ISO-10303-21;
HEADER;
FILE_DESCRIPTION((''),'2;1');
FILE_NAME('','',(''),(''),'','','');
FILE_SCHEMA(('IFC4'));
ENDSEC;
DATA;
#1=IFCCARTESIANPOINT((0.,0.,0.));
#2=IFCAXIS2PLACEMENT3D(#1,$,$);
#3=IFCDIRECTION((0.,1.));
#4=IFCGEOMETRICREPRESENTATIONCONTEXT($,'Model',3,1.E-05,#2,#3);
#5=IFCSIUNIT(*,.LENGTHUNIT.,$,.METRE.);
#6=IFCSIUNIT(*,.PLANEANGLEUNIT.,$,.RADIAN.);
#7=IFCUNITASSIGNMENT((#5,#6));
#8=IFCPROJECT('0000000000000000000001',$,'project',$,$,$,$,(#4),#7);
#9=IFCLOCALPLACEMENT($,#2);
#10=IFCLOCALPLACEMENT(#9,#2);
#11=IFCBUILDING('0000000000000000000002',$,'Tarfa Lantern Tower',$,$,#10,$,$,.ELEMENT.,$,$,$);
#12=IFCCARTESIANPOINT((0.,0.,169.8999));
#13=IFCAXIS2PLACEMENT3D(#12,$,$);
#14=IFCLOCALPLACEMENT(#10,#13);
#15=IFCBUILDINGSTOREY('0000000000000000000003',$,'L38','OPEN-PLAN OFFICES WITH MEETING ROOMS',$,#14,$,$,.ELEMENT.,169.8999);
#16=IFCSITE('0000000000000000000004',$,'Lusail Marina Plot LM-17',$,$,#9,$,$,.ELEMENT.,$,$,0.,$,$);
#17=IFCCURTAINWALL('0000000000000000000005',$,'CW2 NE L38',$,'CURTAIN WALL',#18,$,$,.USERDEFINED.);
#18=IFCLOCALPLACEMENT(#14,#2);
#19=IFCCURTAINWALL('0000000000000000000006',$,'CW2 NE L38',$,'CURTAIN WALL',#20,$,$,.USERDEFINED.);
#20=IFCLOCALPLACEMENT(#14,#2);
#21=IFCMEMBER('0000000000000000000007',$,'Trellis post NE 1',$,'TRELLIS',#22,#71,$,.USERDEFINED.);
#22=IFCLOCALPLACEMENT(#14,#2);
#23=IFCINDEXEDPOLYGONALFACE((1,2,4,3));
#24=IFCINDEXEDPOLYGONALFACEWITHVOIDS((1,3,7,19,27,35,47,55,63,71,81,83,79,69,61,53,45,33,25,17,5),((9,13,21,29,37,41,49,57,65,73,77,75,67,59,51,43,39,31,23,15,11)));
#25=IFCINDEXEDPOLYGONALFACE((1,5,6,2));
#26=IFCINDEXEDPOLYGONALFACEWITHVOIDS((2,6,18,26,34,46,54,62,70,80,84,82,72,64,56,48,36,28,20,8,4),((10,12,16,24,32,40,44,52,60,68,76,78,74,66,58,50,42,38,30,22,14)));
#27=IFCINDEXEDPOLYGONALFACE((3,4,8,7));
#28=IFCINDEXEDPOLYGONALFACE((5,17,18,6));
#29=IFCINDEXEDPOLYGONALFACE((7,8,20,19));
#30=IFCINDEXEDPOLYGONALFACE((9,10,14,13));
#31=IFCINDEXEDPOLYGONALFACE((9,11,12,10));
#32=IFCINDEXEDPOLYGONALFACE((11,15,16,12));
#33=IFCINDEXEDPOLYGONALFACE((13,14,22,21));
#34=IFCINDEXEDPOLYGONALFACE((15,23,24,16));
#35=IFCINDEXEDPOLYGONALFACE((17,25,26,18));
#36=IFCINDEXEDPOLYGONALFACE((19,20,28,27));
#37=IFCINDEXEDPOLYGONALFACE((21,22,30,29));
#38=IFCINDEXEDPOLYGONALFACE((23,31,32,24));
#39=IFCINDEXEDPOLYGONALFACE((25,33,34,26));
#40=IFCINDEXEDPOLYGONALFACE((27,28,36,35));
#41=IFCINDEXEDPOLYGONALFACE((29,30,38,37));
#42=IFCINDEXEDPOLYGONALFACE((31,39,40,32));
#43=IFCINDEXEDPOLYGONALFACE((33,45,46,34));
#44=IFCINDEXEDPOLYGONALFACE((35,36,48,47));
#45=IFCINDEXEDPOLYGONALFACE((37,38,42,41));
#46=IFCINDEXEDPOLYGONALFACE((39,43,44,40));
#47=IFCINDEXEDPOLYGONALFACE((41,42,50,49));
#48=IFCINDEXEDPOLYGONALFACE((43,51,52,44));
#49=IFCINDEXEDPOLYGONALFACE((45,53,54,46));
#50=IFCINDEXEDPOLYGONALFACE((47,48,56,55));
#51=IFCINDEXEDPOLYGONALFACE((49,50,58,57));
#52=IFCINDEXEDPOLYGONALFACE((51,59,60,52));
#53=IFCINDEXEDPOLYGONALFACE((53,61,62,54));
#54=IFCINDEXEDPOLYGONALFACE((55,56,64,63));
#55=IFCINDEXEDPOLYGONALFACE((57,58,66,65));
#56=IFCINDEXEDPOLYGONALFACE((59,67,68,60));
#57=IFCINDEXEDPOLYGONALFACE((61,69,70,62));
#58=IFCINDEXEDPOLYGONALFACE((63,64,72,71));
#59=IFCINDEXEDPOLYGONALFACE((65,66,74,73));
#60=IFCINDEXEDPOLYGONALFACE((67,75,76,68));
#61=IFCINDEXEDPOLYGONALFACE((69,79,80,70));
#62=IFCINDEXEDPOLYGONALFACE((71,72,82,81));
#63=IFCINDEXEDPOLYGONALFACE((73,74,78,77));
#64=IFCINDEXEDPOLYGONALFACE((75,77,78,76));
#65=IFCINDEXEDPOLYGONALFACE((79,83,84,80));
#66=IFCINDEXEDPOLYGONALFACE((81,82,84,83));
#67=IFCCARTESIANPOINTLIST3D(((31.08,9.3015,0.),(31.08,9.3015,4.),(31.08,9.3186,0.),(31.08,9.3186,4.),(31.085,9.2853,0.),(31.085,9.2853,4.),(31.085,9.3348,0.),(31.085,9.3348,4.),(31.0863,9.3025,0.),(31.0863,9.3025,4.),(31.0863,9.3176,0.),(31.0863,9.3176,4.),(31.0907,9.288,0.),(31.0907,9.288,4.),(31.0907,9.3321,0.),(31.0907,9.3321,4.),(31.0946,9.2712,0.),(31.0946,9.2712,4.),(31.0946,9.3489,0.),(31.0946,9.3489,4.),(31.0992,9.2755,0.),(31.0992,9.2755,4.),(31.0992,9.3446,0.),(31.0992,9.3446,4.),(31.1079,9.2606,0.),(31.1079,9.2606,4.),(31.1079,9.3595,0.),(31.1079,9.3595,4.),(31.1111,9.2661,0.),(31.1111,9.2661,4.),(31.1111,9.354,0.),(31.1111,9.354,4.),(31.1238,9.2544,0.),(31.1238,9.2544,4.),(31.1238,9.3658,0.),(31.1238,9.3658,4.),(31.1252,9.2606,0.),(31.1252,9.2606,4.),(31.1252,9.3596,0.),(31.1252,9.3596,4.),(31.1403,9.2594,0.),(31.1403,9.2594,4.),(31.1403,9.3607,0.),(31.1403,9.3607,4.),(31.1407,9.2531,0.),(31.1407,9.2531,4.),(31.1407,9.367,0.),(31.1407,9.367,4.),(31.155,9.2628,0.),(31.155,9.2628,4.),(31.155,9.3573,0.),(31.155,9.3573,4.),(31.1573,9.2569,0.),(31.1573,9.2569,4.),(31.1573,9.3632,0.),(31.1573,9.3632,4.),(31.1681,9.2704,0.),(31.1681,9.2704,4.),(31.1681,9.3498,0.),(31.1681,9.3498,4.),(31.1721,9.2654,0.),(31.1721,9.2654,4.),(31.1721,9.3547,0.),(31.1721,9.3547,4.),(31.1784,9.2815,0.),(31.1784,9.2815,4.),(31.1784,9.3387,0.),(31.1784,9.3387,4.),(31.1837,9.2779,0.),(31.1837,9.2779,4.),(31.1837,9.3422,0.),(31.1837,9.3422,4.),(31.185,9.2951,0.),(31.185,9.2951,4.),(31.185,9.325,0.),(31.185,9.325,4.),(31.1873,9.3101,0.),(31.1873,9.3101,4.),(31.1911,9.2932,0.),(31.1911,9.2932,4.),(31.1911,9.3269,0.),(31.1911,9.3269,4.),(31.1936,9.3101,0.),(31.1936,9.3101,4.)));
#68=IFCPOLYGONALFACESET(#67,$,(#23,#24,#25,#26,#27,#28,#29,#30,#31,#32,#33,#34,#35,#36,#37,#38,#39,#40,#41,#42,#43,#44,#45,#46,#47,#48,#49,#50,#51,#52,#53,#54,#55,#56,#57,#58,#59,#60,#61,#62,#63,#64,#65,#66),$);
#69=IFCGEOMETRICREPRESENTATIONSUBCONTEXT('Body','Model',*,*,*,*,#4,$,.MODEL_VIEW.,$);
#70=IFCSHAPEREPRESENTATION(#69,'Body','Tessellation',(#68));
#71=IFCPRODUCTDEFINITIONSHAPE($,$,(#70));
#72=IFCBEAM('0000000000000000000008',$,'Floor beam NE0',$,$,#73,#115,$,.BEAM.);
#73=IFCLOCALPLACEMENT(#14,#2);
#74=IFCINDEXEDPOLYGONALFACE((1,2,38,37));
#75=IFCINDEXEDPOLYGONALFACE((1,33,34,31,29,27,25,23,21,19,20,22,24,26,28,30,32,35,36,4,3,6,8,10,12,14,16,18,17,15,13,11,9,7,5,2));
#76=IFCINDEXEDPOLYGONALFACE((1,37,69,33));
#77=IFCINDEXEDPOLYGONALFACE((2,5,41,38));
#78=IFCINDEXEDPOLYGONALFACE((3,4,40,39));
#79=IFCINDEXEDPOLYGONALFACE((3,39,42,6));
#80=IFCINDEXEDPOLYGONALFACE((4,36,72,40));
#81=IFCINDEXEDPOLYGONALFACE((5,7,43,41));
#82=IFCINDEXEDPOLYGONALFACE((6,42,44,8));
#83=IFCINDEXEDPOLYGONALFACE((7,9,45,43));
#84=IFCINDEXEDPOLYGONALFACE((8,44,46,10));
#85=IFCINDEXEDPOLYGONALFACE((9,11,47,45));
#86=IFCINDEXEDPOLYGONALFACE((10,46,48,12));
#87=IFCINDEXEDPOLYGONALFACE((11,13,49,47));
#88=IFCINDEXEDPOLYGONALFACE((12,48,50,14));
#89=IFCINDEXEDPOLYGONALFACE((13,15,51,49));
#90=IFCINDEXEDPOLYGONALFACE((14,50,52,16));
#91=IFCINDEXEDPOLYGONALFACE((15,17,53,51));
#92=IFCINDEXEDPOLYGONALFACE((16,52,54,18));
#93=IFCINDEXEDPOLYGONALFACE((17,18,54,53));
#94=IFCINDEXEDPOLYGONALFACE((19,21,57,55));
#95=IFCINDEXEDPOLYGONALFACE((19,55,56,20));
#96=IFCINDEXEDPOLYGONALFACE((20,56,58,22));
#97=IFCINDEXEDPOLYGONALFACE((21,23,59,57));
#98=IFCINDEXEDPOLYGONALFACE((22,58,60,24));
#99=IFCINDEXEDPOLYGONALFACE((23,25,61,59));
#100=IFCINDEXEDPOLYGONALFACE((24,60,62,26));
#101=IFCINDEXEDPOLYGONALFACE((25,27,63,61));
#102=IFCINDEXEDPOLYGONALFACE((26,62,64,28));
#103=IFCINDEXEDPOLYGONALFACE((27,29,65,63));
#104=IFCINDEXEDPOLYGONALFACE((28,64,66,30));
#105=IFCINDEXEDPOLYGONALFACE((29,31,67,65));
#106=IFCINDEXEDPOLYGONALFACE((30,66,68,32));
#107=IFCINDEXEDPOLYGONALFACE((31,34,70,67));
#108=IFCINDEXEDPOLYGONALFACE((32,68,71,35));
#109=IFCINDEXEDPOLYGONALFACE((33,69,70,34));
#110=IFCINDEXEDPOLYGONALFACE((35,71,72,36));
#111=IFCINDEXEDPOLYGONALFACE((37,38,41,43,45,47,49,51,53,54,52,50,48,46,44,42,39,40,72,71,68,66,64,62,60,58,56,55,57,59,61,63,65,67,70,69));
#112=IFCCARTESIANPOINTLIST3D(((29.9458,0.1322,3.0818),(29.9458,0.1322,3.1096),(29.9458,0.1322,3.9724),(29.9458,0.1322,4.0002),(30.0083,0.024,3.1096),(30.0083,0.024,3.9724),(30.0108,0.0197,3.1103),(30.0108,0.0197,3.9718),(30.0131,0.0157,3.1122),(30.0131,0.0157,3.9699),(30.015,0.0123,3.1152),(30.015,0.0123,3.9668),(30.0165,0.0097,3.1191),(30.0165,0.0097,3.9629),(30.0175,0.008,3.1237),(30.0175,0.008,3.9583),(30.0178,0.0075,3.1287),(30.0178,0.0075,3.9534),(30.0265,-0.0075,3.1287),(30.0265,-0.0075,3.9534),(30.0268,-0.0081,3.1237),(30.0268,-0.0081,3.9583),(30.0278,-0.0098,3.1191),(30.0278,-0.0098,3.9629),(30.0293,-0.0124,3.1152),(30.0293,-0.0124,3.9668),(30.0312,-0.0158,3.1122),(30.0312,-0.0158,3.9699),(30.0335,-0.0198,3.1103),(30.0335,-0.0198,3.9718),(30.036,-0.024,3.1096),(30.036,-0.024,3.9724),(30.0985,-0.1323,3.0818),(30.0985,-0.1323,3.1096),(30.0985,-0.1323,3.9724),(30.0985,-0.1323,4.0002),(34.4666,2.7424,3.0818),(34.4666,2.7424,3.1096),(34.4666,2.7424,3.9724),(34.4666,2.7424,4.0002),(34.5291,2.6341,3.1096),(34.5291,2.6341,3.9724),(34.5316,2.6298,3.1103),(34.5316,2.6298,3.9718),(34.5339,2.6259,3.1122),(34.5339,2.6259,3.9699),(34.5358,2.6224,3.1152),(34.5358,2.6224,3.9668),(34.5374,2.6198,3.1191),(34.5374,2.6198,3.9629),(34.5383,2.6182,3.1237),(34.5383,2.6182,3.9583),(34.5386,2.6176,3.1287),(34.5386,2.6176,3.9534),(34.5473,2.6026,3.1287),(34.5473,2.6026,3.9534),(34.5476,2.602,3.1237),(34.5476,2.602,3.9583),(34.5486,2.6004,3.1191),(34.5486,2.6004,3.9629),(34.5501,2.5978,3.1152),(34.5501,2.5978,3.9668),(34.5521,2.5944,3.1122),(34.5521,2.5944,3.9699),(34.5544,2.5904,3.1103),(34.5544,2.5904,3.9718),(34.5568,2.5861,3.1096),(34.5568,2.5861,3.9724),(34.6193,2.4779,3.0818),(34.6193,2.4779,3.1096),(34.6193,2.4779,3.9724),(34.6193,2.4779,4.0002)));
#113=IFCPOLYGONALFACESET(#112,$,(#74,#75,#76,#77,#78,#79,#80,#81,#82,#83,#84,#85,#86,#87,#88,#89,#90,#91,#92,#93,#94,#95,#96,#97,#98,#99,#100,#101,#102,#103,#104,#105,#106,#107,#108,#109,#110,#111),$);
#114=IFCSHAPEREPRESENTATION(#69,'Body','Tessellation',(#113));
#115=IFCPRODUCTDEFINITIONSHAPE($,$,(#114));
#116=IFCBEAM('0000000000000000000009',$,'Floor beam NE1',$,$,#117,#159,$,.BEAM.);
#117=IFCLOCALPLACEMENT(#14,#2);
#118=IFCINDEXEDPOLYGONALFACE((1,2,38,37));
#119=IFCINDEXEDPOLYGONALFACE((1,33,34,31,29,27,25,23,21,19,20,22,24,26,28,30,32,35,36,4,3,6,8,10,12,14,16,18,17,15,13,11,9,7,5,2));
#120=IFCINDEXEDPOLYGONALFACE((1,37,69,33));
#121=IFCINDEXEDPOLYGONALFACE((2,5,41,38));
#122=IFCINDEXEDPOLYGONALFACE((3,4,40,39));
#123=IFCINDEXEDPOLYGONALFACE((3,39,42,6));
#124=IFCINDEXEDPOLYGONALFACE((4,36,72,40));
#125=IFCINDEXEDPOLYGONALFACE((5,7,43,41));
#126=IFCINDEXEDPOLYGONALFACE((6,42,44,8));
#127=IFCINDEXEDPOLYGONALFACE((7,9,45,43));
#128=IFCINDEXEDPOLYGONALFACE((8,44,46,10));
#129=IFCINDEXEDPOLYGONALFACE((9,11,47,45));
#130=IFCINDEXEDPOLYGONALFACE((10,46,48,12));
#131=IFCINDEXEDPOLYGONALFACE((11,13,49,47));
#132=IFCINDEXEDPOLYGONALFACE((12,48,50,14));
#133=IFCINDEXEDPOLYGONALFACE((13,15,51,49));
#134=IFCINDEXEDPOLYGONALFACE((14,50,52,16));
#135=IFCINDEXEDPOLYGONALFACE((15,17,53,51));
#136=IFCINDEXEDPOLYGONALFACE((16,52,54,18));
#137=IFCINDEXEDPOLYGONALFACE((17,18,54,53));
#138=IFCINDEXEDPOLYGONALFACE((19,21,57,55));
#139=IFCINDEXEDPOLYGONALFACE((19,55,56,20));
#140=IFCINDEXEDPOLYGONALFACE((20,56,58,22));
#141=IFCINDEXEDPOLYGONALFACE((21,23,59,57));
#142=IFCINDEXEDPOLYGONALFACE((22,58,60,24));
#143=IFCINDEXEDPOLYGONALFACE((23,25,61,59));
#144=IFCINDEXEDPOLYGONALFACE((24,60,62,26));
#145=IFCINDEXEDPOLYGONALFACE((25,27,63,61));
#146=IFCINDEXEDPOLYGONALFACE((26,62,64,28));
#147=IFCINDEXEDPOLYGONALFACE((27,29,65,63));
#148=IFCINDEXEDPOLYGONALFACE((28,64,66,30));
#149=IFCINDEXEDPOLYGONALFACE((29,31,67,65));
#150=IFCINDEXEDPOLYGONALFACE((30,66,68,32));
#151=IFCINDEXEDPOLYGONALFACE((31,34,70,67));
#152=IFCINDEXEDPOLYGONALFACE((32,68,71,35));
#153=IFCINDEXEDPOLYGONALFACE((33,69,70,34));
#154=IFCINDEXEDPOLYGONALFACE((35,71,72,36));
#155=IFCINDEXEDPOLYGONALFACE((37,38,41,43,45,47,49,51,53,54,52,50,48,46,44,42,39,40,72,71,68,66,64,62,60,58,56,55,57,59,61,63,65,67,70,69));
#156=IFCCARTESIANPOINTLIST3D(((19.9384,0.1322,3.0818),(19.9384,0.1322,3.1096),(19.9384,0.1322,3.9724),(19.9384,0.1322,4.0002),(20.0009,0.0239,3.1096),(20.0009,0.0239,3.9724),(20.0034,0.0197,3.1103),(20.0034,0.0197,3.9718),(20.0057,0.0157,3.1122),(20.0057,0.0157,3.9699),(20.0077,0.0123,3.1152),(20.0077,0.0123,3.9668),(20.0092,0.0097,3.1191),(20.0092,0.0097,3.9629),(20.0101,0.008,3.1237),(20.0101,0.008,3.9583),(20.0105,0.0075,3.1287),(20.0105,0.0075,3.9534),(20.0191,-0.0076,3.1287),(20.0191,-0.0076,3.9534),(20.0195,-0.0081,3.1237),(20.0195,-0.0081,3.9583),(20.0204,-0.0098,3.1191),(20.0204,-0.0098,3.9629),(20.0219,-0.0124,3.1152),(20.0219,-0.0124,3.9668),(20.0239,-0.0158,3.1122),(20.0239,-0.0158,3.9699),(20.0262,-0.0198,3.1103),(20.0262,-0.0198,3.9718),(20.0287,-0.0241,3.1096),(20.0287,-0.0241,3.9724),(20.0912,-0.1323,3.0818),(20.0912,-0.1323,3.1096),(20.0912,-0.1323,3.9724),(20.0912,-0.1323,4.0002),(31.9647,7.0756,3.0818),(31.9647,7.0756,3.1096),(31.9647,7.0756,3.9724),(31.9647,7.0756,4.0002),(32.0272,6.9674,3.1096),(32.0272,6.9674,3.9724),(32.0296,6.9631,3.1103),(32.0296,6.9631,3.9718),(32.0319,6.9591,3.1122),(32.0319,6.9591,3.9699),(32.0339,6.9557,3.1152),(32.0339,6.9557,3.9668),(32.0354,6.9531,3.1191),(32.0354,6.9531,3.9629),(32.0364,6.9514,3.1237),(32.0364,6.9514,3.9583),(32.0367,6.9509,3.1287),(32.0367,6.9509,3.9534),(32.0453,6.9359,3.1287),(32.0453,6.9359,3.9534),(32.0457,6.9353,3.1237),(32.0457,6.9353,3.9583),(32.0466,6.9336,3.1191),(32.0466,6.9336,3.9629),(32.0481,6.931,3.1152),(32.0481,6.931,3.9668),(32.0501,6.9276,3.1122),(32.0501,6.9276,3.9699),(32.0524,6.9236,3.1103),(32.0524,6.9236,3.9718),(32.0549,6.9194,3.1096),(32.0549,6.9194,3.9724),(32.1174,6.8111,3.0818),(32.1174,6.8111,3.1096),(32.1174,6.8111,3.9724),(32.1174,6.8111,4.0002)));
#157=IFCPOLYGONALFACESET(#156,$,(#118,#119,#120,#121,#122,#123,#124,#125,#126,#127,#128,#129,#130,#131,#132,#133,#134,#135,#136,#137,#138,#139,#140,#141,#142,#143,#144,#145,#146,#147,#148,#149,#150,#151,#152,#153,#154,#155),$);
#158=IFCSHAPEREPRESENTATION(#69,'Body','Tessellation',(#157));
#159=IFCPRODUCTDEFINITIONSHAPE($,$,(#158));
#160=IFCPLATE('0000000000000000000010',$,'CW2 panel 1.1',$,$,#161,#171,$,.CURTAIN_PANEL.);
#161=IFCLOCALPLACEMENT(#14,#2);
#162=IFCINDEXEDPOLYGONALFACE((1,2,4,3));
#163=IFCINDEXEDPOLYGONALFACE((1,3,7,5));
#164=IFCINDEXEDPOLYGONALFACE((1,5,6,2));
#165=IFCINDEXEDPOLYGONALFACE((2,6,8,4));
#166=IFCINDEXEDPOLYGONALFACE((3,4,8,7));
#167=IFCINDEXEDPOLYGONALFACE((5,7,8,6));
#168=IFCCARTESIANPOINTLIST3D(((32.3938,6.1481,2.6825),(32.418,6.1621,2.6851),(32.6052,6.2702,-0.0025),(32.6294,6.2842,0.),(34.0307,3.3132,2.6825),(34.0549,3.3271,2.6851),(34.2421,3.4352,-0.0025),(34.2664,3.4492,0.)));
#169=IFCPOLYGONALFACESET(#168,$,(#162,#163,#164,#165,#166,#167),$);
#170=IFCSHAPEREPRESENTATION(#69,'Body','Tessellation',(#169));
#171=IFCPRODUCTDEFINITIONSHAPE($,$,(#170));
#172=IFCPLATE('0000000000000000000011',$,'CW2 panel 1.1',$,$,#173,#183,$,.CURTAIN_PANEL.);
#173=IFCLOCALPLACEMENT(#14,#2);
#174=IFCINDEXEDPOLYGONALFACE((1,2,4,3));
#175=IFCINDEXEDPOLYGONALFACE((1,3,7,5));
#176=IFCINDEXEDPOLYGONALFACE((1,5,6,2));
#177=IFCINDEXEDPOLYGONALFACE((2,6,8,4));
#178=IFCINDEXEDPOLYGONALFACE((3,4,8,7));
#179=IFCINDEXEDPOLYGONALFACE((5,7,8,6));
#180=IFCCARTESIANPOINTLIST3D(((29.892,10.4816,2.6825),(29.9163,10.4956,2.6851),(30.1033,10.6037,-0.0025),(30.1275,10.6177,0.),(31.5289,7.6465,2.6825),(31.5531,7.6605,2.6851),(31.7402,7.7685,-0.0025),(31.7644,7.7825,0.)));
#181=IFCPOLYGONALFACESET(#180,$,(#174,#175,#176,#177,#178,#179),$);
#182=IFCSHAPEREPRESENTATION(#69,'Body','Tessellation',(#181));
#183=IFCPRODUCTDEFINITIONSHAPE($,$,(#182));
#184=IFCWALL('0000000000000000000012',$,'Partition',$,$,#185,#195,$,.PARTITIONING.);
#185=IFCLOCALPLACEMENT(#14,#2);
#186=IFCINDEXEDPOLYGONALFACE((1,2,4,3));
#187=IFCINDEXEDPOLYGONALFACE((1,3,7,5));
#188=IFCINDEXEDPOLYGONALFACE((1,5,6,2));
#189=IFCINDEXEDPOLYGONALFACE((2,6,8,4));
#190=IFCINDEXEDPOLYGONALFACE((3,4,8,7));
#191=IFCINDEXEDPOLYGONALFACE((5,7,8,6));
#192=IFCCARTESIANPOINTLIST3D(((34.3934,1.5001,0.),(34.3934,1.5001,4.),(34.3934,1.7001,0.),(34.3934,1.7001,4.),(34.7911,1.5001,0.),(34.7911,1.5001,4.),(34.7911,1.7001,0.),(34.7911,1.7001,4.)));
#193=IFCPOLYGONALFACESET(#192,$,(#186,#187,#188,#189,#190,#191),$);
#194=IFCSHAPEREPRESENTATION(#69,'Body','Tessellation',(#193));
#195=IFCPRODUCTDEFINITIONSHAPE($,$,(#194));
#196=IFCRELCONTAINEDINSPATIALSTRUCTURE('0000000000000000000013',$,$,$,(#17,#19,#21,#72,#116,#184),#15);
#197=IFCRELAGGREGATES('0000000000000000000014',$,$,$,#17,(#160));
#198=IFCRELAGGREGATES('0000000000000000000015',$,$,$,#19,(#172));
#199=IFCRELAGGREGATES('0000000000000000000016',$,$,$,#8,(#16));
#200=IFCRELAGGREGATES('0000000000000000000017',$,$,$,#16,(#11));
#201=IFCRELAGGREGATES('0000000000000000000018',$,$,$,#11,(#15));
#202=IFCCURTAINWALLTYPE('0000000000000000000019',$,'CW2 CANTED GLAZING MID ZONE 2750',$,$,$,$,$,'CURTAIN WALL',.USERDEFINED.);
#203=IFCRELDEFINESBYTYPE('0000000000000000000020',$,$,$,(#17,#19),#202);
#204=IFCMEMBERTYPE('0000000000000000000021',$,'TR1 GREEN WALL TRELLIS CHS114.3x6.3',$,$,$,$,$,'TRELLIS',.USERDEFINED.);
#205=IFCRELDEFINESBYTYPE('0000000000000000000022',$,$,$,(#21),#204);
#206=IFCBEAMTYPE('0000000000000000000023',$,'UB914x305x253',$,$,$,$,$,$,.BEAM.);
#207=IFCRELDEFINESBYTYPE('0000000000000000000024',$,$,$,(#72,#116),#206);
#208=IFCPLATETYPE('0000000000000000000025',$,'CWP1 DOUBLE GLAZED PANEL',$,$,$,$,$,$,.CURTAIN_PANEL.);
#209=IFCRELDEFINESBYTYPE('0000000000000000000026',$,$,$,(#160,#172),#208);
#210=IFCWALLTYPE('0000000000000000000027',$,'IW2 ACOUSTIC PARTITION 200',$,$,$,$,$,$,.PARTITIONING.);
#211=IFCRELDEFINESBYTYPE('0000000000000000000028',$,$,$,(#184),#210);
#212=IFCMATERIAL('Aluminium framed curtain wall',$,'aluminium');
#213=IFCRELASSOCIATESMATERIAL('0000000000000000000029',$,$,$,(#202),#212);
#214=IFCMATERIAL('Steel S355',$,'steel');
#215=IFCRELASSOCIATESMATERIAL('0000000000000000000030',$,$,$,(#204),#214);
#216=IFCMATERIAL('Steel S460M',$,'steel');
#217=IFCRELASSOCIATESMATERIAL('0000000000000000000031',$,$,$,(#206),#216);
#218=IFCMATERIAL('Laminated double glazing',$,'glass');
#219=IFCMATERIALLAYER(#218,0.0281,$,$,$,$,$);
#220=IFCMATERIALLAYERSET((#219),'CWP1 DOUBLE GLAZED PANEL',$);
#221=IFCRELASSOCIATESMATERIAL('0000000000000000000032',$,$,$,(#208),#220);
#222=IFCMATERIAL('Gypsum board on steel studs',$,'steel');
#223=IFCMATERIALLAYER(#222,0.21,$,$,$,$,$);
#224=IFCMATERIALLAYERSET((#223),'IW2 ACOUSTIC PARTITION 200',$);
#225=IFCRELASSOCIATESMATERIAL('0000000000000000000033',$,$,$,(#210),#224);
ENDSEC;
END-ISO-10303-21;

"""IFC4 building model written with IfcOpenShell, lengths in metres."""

from ifc_helpers import new_model, si_unit, direction, frame, frame_2d, origin, origin_2d, place, context, subcontext, project, spatial, polyline, rectangle, hollow_circle, i_section, outline, extrude, material, layer, layer_set, material_profile, profile_set, type_object, element, aggregate, save


model = new_model("IFC4")

# Units and contexts
model_context = context("Model", 3, precision=1e-05, world=origin(), true_north=direction((0.0, 1.0)))
body_context = subcontext(model_context, "Body", "Model", "MODEL_VIEW")
ifc_project = project(units=[si_unit("LENGTHUNIT", "METRE"), si_unit("PLANEANGLEUNIT", "RADIAN")], contexts=[model_context])

# Site, building, storey
site_placement = place(None, origin())
site = spatial("IfcSite", under=ifc_project, at=site_placement, Name="Lusail Marina Plot LM-17", CompositionType="ELEMENT", RefElevation=0.0)
building_placement = place(site_placement, origin())
building = spatial("IfcBuilding", under=site, at=building_placement, Name="Tarfa Lantern Tower", CompositionType="ELEMENT")
storey_placement = place(building_placement, frame((0.0, 0.0, 169.8999)))
storey = spatial("IfcBuildingStorey", under=building, at=storey_placement, Name="L38", Description="OPEN-PLAN OFFICES WITH MEETING ROOMS", CompositionType="ELEMENT", Elevation=169.8999)

# Curtain walls
ifc_material_1 = material(Name="Aluminium framed curtain wall", Category="aluminium")
curtain_wall_type_1 = type_object("IfcCurtainWallType", Name="CW2 CANTED GLAZING MID ZONE 2750", ElementType="CURTAIN WALL", PredefinedType="USERDEFINED", material=ifc_material_1)
curtain_wall_1_placement = place(storey_placement, origin())
curtain_wall_1 = element("IfcCurtainWall", 1, at=curtain_wall_1_placement, inside=storey, type_object=curtain_wall_type_1, Name="CW2 NE L38", ObjectType="CURTAIN WALL", PredefinedType="USERDEFINED")
curtain_wall_2_placement = place(storey_placement, origin())
curtain_wall_2 = element("IfcCurtainWall", 2, at=curtain_wall_2_placement, inside=storey, type_object=curtain_wall_type_1, Name="CW2 NE L38", ObjectType="CURTAIN WALL", PredefinedType="USERDEFINED")

# Member
ifc_material_2 = material(Name="Steel S355", Category="steel")
ifc_material_profile_1 = material_profile(ifc_material_2, hollow_circle(Radius=0.0571, WallThickness=0.0063, at=origin_2d()), Name="CHS114.3x6.3")
ifc_profile_set_1 = profile_set([ifc_material_profile_1], Name="Steel S355")
member_type_1 = type_object("IfcMemberType", Name="TR1 GREEN WALL TRELLIS CHS114.3x6.3", ElementType="TRELLIS", PredefinedType="USERDEFINED", material=ifc_profile_set_1)
member_1_placement = place(storey_placement, frame((31.1365, 9.3101, 0.0), z_axis=(0.0, 0.0, 1.0), x_axis=(1.0, 0.0, 0.0)))
element("IfcMember", 3, at=member_1_placement, inside=storey, type_object=member_type_1, Name="Trellis post NE 1", ObjectType="TRELLIS", PredefinedType="USERDEFINED", context=body_context, shape_type="SweptSolid", body=[
    extrude(hollow_circle(Radius=0.0571, WallThickness=0.0063, at=origin_2d()), origin(), (0.0, 0.0, 1.0), 4.0),
])

# Beams
ifc_material_3 = material(Name="Steel S460M", Category="steel")
ifc_material_profile_2 = material_profile(ifc_material_3, i_section(OverallWidth=0.3054, OverallDepth=0.9185, WebThickness=0.0173, FlangeThickness=0.0278, FilletRadius=0.019, at=origin_2d()), Name="UB914x305x253")
ifc_profile_set_2 = profile_set([ifc_material_profile_2], Name="Steel S460M")
beam_type_1 = type_object("IfcBeamType", Name="UB914x305x253", PredefinedType="BEAM", material=ifc_profile_set_2)
beam_1_placement = place(storey_placement, frame((34.543, 2.6101, 3.541), z_axis=(-0.866021, -0.500007, 0.0), x_axis=(0.500007, -0.866021, 0.0)))
element("IfcBeam", 4, at=beam_1_placement, inside=storey, type_object=beam_type_1, Name="Floor beam NE0", PredefinedType="BEAM", context=body_context, shape_type="SweptSolid", body=[
    extrude(i_section(OverallWidth=0.3054, OverallDepth=0.9185, WebThickness=0.0173, FlangeThickness=0.0278, FilletRadius=0.019, at=origin_2d()), origin(), (0.0, 0.0, 1.0), 5.2202),
])
beam_2_placement = place(storey_placement, frame((32.041, 6.9434, 3.541), z_axis=(-0.866023, -0.500004, 0.0), x_axis=(0.500004, -0.866023, 0.0)))
element("IfcBeam", 5, at=beam_2_placement, inside=storey, type_object=beam_type_1, Name="Floor beam NE1", PredefinedType="BEAM", context=body_context, shape_type="SweptSolid", body=[
    extrude(i_section(OverallWidth=0.3054, OverallDepth=0.9185, WebThickness=0.0173, FlangeThickness=0.0278, FilletRadius=0.019, at=origin_2d()), origin(), (0.0, 0.0, 1.0), 13.8867),
])

# Plates
ifc_material_4 = material(Name="Laminated double glazing", Category="glass")
ifc_layer_1 = layer(ifc_material_4, 0.0281)
ifc_layer_set_1 = layer_set([ifc_layer_1], Name="CWP1 DOUBLE GLAZED PANEL")
plate_type = type_object("IfcPlateType", Name="CWP1 DOUBLE GLAZED PANEL", PredefinedType="CURTAIN_PANEL", material=ifc_layer_set_1)
plate_1_placement = place(storey_placement, frame((34.2664, 3.4492, 0.0), z_axis=(0.862442, 0.497991, 0.09055), x_axis=(-0.500045, 0.865999, 0.0)))
plate_1 = element("IfcPlate", 6, at=plate_1_placement, type_object=plate_type, Name="CW2 panel 1.1", PredefinedType="CURTAIN_PANEL", context=body_context, shape_type="SweptSolid", body=[
    extrude(outline(polyline([(0.0, 0.0), (3.2736, 0.0), (3.2736, 2.6961), (0.0, 2.6961), (0.0, 0.0)])), origin(), (0.0, 0.0, -1.0), 0.0281),
])
aggregate(curtain_wall_1, [plate_1])
plate_2_placement = place(storey_placement, frame((31.7644, 7.7825, 0.0), z_axis=(0.862479, 0.497933, 0.090511), x_axis=(-0.499985, 0.866034, 0.000003)))
plate_2 = element("IfcPlate", 7, at=plate_2_placement, type_object=plate_type, Name="CW2 panel 1.1", PredefinedType="CURTAIN_PANEL", context=body_context, shape_type="SweptSolid", body=[
    extrude(outline(polyline([(0.0, 0.0), (3.2738, 0.0), (3.2737, 2.6961), (0.0, 2.6961), (0.0, 0.0)])), origin(), (0.0, 0.0, -1.0), 0.0281),
])
aggregate(curtain_wall_2, [plate_2])

# Wall
ifc_material_5 = material(Name="Gypsum board on steel studs", Category="steel")
ifc_layer_2 = layer(ifc_material_5, 0.21)
ifc_layer_set_2 = layer_set([ifc_layer_2], Name="IW2 ACOUSTIC PARTITION 200")
wall_type = type_object("IfcWallType", Name="IW2 ACOUSTIC PARTITION 200", PredefinedType="PARTITIONING", material=ifc_layer_set_2)
wall_placement = place(storey_placement, frame((34.3936, 1.6001, 0.0), z_axis=(0.0, 0.0, 1.0), x_axis=(1.0, 0.0, 0.0)))
element("IfcWall", 8, at=wall_placement, inside=storey, type_object=wall_type, Name="Partition", PredefinedType="PARTITIONING", context=body_context, shape_type="SweptSolid", body=[
    extrude(rectangle(XDim=0.3977, YDim=0.2, at=frame_2d((0.1987, 0.0))), origin(), (0.0, 0.0, 1.0), 4.0),
])

save(model, "model.ifc")
